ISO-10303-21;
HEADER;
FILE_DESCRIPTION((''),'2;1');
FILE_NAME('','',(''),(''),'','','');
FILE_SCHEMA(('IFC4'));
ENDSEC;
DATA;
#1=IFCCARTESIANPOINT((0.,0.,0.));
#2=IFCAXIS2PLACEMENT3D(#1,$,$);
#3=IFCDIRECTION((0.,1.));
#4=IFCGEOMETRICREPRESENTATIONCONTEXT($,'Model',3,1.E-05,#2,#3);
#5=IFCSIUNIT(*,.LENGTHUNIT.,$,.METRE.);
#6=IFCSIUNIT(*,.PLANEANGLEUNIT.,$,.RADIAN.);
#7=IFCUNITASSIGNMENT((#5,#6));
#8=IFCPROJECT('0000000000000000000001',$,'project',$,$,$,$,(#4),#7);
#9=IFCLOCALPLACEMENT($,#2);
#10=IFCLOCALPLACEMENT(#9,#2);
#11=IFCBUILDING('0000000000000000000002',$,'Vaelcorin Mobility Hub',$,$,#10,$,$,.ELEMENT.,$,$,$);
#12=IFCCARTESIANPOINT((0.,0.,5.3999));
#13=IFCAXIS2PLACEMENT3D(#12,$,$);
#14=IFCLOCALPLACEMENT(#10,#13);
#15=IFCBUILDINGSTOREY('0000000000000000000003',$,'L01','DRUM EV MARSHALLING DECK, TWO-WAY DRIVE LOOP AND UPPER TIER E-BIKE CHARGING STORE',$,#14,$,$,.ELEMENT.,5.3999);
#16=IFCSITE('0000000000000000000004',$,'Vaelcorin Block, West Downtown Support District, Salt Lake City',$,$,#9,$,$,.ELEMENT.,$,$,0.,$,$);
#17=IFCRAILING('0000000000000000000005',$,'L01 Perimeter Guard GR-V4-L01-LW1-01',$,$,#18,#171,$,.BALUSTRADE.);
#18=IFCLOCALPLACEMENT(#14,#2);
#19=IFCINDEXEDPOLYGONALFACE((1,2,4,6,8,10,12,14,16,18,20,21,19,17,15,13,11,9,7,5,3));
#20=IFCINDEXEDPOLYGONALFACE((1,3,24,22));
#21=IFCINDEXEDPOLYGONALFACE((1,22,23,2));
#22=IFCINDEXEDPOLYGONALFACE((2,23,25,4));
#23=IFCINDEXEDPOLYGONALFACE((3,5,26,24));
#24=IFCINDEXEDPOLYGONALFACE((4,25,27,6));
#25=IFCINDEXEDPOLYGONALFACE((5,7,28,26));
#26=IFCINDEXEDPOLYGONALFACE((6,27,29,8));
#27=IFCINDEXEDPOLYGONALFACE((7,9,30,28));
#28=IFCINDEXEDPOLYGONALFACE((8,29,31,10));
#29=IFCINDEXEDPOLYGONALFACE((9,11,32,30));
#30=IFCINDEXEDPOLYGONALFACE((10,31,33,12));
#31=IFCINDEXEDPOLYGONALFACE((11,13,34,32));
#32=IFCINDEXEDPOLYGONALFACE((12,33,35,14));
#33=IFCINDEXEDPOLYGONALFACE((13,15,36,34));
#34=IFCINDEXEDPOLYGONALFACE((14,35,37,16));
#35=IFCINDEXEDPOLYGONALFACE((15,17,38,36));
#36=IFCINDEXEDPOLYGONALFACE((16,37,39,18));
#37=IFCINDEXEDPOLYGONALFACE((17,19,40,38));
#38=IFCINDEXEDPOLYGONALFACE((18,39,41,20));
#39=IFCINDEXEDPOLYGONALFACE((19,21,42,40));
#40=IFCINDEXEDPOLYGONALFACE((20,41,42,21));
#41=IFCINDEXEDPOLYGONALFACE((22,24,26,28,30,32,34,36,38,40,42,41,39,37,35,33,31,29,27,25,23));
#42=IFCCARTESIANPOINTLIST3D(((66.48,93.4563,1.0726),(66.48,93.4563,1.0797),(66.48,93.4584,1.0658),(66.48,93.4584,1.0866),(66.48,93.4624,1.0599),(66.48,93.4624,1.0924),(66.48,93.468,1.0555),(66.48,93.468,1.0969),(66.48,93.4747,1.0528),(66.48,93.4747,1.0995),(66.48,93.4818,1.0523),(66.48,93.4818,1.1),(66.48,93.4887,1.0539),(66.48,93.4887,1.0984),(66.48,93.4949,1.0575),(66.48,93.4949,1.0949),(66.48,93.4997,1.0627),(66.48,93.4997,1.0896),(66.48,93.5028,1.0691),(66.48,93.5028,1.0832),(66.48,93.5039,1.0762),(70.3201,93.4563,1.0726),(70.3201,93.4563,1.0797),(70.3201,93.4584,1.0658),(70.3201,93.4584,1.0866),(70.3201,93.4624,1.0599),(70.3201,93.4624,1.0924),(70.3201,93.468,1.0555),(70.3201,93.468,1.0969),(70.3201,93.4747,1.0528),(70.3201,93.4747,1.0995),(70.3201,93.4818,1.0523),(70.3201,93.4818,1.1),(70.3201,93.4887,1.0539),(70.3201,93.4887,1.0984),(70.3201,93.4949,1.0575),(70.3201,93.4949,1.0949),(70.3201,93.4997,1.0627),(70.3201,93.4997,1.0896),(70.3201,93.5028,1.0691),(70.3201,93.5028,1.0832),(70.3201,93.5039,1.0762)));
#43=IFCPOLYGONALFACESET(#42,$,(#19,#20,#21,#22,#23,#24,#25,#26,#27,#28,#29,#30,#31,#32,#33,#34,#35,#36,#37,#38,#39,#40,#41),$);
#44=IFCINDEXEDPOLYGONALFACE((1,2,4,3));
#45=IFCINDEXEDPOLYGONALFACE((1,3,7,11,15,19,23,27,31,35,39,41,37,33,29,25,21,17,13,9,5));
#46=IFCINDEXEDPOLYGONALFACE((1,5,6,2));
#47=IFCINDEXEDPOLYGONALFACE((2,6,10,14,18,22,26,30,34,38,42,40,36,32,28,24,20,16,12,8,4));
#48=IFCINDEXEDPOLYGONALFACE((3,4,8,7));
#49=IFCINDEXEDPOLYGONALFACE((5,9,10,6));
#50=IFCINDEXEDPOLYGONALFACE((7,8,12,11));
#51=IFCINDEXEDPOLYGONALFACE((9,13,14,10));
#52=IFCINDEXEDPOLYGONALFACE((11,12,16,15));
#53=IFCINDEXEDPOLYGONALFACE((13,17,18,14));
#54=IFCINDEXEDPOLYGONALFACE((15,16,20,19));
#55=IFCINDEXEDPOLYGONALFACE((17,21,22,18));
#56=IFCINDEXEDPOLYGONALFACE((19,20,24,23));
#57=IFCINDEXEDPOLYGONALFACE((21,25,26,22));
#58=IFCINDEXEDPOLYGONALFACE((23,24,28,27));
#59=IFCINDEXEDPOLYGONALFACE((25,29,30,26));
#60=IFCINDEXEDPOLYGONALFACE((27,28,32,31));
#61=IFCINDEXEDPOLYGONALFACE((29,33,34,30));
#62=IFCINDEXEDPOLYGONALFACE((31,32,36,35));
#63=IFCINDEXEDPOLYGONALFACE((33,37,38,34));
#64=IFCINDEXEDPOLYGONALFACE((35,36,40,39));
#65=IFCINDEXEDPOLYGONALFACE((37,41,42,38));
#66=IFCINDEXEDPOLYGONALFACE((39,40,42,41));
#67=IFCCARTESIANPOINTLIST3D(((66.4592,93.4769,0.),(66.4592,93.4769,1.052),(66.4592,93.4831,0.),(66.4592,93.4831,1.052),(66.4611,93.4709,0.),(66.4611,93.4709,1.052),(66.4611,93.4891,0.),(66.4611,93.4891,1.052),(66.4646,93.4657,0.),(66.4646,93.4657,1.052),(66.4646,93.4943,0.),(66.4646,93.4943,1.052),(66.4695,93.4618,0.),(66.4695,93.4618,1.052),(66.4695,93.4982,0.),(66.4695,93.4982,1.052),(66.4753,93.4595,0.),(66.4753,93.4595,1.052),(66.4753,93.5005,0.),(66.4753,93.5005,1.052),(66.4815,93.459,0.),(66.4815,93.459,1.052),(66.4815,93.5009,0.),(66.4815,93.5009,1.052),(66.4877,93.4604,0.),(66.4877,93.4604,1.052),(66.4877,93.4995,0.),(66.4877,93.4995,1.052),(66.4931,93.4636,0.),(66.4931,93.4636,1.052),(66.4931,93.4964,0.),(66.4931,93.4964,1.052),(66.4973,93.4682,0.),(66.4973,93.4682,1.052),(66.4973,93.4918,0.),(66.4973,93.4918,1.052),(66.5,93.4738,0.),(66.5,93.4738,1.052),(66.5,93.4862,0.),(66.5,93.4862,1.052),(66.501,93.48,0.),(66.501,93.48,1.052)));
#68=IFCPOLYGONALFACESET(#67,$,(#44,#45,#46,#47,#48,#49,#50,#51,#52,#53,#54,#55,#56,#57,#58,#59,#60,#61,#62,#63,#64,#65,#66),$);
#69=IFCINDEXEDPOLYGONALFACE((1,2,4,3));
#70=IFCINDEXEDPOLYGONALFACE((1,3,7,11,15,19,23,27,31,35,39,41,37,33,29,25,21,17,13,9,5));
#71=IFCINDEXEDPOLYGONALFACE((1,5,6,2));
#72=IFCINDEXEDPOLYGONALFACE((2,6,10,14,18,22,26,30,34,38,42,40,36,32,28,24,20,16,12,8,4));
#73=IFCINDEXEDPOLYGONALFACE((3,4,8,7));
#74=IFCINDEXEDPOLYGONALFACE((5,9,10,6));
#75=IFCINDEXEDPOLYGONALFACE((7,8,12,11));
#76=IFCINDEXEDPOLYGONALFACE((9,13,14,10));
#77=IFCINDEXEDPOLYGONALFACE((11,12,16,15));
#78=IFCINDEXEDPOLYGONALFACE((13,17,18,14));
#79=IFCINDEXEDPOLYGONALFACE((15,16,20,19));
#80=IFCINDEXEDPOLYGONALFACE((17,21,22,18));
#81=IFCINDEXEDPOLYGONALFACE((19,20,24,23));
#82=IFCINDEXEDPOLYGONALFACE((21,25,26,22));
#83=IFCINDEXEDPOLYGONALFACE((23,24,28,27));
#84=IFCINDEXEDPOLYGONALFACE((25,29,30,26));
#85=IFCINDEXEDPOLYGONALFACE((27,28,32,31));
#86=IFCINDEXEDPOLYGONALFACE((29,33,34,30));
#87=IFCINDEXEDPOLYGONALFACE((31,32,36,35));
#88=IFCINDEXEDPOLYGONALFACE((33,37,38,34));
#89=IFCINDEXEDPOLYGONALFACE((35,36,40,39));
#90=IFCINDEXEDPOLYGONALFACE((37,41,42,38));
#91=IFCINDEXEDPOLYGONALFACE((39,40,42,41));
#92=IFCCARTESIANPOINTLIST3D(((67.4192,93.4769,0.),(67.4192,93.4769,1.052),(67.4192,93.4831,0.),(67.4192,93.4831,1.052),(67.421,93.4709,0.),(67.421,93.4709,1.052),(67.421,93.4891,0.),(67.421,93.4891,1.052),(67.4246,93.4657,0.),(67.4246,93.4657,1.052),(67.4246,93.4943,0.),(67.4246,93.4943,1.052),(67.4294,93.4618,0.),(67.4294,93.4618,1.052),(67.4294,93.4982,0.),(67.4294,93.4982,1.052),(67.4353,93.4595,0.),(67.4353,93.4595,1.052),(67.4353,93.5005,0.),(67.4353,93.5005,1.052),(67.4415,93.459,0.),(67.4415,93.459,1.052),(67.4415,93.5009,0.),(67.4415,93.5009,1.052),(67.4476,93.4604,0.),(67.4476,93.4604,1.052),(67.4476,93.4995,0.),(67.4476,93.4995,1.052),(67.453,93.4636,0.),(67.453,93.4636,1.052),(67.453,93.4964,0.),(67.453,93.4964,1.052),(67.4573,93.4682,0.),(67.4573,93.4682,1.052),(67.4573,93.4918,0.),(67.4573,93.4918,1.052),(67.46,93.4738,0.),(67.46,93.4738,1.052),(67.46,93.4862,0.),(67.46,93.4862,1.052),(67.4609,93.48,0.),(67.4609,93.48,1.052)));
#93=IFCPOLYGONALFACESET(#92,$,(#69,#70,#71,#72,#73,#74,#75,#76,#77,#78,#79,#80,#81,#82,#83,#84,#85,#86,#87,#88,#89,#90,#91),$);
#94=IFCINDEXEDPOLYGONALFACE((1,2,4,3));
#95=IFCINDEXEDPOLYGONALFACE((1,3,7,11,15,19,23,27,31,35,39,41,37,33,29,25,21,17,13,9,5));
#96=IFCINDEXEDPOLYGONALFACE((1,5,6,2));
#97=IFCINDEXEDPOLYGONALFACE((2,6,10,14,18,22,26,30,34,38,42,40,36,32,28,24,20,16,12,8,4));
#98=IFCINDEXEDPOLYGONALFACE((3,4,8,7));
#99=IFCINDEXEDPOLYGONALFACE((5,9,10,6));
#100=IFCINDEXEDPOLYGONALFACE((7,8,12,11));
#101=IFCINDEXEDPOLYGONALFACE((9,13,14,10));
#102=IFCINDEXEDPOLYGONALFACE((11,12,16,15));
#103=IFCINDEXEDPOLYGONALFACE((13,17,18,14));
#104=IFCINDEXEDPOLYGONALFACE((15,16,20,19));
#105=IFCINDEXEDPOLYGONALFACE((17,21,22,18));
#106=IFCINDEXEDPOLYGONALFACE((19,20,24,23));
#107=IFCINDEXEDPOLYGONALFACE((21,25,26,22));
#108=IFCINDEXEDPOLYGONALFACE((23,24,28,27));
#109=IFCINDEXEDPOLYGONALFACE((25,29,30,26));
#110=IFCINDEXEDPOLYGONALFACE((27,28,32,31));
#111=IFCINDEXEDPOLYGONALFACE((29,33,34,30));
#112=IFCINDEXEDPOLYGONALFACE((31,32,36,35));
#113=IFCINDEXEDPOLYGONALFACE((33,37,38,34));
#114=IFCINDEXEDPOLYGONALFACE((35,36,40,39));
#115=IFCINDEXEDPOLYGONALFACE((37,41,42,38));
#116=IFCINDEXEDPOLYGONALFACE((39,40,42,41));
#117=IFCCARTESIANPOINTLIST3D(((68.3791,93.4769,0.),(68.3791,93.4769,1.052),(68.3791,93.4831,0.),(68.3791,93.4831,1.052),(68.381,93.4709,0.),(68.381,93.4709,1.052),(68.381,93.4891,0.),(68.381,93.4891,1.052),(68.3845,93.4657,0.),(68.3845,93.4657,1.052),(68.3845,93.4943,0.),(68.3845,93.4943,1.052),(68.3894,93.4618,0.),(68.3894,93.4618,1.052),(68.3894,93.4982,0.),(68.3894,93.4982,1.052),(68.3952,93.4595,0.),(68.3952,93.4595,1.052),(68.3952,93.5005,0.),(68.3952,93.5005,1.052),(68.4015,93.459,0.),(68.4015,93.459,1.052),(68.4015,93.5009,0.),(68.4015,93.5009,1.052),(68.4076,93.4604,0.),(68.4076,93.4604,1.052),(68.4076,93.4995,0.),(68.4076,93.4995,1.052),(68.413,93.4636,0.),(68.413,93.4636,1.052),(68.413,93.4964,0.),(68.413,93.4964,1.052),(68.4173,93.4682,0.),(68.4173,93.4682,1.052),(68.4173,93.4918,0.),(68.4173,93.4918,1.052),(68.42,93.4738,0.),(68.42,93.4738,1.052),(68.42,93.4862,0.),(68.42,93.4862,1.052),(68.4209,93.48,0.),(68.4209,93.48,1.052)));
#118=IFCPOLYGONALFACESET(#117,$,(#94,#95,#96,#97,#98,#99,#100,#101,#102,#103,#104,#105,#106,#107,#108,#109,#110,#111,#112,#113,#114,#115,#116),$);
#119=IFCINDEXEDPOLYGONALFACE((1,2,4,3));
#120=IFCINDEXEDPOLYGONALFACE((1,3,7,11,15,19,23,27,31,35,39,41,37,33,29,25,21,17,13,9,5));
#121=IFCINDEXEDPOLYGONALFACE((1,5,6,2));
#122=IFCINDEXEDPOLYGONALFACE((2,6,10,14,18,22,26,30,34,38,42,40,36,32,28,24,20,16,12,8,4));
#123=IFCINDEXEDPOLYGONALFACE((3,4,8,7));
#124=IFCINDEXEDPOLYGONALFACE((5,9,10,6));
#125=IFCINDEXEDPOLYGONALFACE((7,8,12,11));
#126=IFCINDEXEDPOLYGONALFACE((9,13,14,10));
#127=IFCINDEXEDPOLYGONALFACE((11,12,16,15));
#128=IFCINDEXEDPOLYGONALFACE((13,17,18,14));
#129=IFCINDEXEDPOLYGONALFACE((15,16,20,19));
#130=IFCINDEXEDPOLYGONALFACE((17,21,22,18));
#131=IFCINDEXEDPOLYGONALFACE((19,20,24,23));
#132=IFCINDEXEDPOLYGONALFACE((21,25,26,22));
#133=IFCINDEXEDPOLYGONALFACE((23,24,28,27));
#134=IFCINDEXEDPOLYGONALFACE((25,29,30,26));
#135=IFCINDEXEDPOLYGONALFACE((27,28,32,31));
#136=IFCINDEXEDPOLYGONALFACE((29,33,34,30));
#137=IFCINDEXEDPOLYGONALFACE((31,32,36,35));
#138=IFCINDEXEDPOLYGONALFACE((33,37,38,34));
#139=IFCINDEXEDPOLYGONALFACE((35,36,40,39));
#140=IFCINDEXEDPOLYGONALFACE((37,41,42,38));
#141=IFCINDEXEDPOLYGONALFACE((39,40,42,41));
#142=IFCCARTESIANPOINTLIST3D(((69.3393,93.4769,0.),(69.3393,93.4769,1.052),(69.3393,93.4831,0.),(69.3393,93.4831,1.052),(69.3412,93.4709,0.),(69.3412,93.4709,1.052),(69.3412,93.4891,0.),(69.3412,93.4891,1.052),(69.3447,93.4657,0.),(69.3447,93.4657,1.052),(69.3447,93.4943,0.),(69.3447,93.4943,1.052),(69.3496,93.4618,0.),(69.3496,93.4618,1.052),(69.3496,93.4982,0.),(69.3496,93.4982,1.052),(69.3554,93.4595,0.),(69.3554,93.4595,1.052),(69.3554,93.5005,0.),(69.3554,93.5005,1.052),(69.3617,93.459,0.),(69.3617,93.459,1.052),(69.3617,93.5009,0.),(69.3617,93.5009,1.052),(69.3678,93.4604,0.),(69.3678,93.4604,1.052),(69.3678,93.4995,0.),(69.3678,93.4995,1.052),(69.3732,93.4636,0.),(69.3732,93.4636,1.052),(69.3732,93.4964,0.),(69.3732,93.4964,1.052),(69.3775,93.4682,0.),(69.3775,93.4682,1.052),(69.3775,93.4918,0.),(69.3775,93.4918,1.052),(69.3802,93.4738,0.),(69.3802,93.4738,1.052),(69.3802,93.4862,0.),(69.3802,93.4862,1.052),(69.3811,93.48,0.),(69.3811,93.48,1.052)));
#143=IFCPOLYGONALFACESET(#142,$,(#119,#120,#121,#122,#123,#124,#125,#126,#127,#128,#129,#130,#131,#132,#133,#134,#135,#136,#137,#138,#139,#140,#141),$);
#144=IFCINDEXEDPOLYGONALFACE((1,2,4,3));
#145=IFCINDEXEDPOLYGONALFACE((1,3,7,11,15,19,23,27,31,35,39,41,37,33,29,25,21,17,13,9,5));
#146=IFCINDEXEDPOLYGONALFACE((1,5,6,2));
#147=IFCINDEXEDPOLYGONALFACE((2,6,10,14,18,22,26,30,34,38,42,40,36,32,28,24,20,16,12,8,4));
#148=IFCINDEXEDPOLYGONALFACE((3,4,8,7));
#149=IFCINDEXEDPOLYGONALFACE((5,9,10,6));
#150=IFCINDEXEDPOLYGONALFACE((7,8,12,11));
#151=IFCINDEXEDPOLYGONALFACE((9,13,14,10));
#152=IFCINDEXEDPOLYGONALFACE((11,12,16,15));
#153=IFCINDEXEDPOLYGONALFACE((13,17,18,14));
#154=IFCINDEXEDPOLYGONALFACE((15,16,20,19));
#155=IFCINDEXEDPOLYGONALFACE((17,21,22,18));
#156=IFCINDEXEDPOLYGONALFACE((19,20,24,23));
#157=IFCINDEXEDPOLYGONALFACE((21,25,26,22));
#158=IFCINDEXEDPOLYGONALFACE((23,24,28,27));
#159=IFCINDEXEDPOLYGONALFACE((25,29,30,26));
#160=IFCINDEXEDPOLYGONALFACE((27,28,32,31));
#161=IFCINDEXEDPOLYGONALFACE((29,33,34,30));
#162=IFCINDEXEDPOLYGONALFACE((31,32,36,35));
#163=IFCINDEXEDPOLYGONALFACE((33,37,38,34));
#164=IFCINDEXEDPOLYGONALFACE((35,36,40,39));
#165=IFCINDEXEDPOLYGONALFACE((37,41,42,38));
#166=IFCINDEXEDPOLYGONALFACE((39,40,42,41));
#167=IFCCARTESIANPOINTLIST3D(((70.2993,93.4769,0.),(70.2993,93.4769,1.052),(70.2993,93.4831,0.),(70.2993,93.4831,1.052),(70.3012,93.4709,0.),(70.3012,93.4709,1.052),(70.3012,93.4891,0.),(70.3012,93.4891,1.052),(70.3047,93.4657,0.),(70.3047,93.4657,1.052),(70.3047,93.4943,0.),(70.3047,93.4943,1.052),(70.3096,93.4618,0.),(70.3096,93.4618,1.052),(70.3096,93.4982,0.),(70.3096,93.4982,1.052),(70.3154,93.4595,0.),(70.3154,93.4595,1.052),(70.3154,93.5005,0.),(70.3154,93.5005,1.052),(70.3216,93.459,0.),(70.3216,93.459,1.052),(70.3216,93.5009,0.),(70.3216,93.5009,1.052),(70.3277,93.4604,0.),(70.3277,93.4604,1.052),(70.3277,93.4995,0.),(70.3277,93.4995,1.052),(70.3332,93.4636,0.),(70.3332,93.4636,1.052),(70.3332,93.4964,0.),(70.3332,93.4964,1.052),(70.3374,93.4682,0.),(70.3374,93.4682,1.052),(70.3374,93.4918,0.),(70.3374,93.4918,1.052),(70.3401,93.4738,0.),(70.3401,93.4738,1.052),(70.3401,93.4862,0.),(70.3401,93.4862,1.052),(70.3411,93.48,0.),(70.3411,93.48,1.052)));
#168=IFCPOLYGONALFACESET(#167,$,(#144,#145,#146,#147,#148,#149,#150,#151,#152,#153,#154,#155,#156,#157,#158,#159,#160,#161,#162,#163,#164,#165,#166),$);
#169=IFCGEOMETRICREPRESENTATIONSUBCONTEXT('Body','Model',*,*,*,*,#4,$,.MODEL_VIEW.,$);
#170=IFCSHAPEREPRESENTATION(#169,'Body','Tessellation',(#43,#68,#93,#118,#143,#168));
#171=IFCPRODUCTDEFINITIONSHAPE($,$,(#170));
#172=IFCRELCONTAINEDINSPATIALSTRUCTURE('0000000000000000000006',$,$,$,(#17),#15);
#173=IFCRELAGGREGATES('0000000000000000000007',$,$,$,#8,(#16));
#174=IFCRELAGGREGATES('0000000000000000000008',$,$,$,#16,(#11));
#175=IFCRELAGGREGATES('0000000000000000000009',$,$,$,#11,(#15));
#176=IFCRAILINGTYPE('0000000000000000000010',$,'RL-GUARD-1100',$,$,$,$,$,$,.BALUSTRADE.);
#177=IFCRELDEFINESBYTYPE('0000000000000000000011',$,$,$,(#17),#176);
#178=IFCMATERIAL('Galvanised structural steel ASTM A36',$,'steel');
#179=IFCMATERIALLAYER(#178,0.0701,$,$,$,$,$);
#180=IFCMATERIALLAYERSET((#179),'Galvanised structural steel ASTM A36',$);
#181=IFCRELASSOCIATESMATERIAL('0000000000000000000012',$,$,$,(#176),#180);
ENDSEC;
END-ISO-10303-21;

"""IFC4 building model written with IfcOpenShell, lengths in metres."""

from ifc_helpers import new_model, si_unit, direction, frame, origin, origin_2d, place, context, subcontext, project, spatial, circle, extrude, material, layer, layer_set, type_object, element, save


model = new_model("IFC4")

# Units and contexts
model_context = context("Model", 3, precision=1e-05, world=origin(), true_north=direction((0.0, 1.0)))
body_context = subcontext(model_context, "Body", "Model", "MODEL_VIEW")
ifc_project = project(units=[si_unit("LENGTHUNIT", "METRE"), si_unit("PLANEANGLEUNIT", "RADIAN")], contexts=[model_context])

# Site, building, storey
site_placement = place(None, origin())
site = spatial("IfcSite", under=ifc_project, at=site_placement, Name="Vaelcorin Block, West Downtown Support District, Salt Lake City", CompositionType="ELEMENT", RefElevation=0.0)
building_placement = place(site_placement, origin())
building = spatial("IfcBuilding", under=site, at=building_placement, Name="Vaelcorin Mobility Hub", CompositionType="ELEMENT")
storey_placement = place(building_placement, frame((0.0, 0.0, 5.3999)))
storey = spatial("IfcBuildingStorey", under=building, at=storey_placement, Name="L01", Description="DRUM EV MARSHALLING DECK, TWO-WAY DRIVE LOOP AND UPPER TIER E-BIKE CHARGING STORE", CompositionType="ELEMENT", Elevation=5.3999)

# Railing
ifc_material_1 = material(Name="Galvanised structural steel ASTM A36", Category="steel")
ifc_layer_1 = layer(ifc_material_1, 0.0701)
ifc_layer_set_1 = layer_set([ifc_layer_1], Name="Galvanised structural steel ASTM A36")
railing_type = type_object("IfcRailingType", Name="RL-GUARD-1100", PredefinedType="BALUSTRADE", material=ifc_layer_set_1)
railing_1_placement = place(storey_placement, frame((66.48, 93.48, 0.0)))
element("IfcRailing", 1, at=railing_1_placement, inside=storey, type_object=railing_type, Name="L01 Perimeter Guard GR-V4-L01-LW1-01", PredefinedType="BALUSTRADE", context=body_context, shape_type="SweptSolid", body=[
    extrude(circle(Radius=0.0239, at=origin_2d()), frame((0.0, 0.0, 1.0762), z_axis=(1.0, 0.0, 0.0), x_axis=(0.0, 1.0, 0.0)), (0.0, 0.0, 1.0), 3.8401),
    extrude(circle(Radius=0.021, at=origin_2d()), origin(), (0.0, 0.0, 1.0), 1.052),
    extrude(circle(Radius=0.021, at=origin_2d()), frame((0.96, 0.0, 0.0)), (0.0, 0.0, 1.0), 1.052),
    extrude(circle(Radius=0.021, at=origin_2d()), frame((1.9199, 0.0, 0.0)), (0.0, 0.0, 1.0), 1.052),
    extrude(circle(Radius=0.021, at=origin_2d()), frame((2.8801, 0.0, 0.0)), (0.0, 0.0, 1.0), 1.052),
    extrude(circle(Radius=0.021, at=origin_2d()), frame((3.8401, 0.0, 0.0)), (0.0, 0.0, 1.0), 1.052),
])

save(model, "model.ifc")
